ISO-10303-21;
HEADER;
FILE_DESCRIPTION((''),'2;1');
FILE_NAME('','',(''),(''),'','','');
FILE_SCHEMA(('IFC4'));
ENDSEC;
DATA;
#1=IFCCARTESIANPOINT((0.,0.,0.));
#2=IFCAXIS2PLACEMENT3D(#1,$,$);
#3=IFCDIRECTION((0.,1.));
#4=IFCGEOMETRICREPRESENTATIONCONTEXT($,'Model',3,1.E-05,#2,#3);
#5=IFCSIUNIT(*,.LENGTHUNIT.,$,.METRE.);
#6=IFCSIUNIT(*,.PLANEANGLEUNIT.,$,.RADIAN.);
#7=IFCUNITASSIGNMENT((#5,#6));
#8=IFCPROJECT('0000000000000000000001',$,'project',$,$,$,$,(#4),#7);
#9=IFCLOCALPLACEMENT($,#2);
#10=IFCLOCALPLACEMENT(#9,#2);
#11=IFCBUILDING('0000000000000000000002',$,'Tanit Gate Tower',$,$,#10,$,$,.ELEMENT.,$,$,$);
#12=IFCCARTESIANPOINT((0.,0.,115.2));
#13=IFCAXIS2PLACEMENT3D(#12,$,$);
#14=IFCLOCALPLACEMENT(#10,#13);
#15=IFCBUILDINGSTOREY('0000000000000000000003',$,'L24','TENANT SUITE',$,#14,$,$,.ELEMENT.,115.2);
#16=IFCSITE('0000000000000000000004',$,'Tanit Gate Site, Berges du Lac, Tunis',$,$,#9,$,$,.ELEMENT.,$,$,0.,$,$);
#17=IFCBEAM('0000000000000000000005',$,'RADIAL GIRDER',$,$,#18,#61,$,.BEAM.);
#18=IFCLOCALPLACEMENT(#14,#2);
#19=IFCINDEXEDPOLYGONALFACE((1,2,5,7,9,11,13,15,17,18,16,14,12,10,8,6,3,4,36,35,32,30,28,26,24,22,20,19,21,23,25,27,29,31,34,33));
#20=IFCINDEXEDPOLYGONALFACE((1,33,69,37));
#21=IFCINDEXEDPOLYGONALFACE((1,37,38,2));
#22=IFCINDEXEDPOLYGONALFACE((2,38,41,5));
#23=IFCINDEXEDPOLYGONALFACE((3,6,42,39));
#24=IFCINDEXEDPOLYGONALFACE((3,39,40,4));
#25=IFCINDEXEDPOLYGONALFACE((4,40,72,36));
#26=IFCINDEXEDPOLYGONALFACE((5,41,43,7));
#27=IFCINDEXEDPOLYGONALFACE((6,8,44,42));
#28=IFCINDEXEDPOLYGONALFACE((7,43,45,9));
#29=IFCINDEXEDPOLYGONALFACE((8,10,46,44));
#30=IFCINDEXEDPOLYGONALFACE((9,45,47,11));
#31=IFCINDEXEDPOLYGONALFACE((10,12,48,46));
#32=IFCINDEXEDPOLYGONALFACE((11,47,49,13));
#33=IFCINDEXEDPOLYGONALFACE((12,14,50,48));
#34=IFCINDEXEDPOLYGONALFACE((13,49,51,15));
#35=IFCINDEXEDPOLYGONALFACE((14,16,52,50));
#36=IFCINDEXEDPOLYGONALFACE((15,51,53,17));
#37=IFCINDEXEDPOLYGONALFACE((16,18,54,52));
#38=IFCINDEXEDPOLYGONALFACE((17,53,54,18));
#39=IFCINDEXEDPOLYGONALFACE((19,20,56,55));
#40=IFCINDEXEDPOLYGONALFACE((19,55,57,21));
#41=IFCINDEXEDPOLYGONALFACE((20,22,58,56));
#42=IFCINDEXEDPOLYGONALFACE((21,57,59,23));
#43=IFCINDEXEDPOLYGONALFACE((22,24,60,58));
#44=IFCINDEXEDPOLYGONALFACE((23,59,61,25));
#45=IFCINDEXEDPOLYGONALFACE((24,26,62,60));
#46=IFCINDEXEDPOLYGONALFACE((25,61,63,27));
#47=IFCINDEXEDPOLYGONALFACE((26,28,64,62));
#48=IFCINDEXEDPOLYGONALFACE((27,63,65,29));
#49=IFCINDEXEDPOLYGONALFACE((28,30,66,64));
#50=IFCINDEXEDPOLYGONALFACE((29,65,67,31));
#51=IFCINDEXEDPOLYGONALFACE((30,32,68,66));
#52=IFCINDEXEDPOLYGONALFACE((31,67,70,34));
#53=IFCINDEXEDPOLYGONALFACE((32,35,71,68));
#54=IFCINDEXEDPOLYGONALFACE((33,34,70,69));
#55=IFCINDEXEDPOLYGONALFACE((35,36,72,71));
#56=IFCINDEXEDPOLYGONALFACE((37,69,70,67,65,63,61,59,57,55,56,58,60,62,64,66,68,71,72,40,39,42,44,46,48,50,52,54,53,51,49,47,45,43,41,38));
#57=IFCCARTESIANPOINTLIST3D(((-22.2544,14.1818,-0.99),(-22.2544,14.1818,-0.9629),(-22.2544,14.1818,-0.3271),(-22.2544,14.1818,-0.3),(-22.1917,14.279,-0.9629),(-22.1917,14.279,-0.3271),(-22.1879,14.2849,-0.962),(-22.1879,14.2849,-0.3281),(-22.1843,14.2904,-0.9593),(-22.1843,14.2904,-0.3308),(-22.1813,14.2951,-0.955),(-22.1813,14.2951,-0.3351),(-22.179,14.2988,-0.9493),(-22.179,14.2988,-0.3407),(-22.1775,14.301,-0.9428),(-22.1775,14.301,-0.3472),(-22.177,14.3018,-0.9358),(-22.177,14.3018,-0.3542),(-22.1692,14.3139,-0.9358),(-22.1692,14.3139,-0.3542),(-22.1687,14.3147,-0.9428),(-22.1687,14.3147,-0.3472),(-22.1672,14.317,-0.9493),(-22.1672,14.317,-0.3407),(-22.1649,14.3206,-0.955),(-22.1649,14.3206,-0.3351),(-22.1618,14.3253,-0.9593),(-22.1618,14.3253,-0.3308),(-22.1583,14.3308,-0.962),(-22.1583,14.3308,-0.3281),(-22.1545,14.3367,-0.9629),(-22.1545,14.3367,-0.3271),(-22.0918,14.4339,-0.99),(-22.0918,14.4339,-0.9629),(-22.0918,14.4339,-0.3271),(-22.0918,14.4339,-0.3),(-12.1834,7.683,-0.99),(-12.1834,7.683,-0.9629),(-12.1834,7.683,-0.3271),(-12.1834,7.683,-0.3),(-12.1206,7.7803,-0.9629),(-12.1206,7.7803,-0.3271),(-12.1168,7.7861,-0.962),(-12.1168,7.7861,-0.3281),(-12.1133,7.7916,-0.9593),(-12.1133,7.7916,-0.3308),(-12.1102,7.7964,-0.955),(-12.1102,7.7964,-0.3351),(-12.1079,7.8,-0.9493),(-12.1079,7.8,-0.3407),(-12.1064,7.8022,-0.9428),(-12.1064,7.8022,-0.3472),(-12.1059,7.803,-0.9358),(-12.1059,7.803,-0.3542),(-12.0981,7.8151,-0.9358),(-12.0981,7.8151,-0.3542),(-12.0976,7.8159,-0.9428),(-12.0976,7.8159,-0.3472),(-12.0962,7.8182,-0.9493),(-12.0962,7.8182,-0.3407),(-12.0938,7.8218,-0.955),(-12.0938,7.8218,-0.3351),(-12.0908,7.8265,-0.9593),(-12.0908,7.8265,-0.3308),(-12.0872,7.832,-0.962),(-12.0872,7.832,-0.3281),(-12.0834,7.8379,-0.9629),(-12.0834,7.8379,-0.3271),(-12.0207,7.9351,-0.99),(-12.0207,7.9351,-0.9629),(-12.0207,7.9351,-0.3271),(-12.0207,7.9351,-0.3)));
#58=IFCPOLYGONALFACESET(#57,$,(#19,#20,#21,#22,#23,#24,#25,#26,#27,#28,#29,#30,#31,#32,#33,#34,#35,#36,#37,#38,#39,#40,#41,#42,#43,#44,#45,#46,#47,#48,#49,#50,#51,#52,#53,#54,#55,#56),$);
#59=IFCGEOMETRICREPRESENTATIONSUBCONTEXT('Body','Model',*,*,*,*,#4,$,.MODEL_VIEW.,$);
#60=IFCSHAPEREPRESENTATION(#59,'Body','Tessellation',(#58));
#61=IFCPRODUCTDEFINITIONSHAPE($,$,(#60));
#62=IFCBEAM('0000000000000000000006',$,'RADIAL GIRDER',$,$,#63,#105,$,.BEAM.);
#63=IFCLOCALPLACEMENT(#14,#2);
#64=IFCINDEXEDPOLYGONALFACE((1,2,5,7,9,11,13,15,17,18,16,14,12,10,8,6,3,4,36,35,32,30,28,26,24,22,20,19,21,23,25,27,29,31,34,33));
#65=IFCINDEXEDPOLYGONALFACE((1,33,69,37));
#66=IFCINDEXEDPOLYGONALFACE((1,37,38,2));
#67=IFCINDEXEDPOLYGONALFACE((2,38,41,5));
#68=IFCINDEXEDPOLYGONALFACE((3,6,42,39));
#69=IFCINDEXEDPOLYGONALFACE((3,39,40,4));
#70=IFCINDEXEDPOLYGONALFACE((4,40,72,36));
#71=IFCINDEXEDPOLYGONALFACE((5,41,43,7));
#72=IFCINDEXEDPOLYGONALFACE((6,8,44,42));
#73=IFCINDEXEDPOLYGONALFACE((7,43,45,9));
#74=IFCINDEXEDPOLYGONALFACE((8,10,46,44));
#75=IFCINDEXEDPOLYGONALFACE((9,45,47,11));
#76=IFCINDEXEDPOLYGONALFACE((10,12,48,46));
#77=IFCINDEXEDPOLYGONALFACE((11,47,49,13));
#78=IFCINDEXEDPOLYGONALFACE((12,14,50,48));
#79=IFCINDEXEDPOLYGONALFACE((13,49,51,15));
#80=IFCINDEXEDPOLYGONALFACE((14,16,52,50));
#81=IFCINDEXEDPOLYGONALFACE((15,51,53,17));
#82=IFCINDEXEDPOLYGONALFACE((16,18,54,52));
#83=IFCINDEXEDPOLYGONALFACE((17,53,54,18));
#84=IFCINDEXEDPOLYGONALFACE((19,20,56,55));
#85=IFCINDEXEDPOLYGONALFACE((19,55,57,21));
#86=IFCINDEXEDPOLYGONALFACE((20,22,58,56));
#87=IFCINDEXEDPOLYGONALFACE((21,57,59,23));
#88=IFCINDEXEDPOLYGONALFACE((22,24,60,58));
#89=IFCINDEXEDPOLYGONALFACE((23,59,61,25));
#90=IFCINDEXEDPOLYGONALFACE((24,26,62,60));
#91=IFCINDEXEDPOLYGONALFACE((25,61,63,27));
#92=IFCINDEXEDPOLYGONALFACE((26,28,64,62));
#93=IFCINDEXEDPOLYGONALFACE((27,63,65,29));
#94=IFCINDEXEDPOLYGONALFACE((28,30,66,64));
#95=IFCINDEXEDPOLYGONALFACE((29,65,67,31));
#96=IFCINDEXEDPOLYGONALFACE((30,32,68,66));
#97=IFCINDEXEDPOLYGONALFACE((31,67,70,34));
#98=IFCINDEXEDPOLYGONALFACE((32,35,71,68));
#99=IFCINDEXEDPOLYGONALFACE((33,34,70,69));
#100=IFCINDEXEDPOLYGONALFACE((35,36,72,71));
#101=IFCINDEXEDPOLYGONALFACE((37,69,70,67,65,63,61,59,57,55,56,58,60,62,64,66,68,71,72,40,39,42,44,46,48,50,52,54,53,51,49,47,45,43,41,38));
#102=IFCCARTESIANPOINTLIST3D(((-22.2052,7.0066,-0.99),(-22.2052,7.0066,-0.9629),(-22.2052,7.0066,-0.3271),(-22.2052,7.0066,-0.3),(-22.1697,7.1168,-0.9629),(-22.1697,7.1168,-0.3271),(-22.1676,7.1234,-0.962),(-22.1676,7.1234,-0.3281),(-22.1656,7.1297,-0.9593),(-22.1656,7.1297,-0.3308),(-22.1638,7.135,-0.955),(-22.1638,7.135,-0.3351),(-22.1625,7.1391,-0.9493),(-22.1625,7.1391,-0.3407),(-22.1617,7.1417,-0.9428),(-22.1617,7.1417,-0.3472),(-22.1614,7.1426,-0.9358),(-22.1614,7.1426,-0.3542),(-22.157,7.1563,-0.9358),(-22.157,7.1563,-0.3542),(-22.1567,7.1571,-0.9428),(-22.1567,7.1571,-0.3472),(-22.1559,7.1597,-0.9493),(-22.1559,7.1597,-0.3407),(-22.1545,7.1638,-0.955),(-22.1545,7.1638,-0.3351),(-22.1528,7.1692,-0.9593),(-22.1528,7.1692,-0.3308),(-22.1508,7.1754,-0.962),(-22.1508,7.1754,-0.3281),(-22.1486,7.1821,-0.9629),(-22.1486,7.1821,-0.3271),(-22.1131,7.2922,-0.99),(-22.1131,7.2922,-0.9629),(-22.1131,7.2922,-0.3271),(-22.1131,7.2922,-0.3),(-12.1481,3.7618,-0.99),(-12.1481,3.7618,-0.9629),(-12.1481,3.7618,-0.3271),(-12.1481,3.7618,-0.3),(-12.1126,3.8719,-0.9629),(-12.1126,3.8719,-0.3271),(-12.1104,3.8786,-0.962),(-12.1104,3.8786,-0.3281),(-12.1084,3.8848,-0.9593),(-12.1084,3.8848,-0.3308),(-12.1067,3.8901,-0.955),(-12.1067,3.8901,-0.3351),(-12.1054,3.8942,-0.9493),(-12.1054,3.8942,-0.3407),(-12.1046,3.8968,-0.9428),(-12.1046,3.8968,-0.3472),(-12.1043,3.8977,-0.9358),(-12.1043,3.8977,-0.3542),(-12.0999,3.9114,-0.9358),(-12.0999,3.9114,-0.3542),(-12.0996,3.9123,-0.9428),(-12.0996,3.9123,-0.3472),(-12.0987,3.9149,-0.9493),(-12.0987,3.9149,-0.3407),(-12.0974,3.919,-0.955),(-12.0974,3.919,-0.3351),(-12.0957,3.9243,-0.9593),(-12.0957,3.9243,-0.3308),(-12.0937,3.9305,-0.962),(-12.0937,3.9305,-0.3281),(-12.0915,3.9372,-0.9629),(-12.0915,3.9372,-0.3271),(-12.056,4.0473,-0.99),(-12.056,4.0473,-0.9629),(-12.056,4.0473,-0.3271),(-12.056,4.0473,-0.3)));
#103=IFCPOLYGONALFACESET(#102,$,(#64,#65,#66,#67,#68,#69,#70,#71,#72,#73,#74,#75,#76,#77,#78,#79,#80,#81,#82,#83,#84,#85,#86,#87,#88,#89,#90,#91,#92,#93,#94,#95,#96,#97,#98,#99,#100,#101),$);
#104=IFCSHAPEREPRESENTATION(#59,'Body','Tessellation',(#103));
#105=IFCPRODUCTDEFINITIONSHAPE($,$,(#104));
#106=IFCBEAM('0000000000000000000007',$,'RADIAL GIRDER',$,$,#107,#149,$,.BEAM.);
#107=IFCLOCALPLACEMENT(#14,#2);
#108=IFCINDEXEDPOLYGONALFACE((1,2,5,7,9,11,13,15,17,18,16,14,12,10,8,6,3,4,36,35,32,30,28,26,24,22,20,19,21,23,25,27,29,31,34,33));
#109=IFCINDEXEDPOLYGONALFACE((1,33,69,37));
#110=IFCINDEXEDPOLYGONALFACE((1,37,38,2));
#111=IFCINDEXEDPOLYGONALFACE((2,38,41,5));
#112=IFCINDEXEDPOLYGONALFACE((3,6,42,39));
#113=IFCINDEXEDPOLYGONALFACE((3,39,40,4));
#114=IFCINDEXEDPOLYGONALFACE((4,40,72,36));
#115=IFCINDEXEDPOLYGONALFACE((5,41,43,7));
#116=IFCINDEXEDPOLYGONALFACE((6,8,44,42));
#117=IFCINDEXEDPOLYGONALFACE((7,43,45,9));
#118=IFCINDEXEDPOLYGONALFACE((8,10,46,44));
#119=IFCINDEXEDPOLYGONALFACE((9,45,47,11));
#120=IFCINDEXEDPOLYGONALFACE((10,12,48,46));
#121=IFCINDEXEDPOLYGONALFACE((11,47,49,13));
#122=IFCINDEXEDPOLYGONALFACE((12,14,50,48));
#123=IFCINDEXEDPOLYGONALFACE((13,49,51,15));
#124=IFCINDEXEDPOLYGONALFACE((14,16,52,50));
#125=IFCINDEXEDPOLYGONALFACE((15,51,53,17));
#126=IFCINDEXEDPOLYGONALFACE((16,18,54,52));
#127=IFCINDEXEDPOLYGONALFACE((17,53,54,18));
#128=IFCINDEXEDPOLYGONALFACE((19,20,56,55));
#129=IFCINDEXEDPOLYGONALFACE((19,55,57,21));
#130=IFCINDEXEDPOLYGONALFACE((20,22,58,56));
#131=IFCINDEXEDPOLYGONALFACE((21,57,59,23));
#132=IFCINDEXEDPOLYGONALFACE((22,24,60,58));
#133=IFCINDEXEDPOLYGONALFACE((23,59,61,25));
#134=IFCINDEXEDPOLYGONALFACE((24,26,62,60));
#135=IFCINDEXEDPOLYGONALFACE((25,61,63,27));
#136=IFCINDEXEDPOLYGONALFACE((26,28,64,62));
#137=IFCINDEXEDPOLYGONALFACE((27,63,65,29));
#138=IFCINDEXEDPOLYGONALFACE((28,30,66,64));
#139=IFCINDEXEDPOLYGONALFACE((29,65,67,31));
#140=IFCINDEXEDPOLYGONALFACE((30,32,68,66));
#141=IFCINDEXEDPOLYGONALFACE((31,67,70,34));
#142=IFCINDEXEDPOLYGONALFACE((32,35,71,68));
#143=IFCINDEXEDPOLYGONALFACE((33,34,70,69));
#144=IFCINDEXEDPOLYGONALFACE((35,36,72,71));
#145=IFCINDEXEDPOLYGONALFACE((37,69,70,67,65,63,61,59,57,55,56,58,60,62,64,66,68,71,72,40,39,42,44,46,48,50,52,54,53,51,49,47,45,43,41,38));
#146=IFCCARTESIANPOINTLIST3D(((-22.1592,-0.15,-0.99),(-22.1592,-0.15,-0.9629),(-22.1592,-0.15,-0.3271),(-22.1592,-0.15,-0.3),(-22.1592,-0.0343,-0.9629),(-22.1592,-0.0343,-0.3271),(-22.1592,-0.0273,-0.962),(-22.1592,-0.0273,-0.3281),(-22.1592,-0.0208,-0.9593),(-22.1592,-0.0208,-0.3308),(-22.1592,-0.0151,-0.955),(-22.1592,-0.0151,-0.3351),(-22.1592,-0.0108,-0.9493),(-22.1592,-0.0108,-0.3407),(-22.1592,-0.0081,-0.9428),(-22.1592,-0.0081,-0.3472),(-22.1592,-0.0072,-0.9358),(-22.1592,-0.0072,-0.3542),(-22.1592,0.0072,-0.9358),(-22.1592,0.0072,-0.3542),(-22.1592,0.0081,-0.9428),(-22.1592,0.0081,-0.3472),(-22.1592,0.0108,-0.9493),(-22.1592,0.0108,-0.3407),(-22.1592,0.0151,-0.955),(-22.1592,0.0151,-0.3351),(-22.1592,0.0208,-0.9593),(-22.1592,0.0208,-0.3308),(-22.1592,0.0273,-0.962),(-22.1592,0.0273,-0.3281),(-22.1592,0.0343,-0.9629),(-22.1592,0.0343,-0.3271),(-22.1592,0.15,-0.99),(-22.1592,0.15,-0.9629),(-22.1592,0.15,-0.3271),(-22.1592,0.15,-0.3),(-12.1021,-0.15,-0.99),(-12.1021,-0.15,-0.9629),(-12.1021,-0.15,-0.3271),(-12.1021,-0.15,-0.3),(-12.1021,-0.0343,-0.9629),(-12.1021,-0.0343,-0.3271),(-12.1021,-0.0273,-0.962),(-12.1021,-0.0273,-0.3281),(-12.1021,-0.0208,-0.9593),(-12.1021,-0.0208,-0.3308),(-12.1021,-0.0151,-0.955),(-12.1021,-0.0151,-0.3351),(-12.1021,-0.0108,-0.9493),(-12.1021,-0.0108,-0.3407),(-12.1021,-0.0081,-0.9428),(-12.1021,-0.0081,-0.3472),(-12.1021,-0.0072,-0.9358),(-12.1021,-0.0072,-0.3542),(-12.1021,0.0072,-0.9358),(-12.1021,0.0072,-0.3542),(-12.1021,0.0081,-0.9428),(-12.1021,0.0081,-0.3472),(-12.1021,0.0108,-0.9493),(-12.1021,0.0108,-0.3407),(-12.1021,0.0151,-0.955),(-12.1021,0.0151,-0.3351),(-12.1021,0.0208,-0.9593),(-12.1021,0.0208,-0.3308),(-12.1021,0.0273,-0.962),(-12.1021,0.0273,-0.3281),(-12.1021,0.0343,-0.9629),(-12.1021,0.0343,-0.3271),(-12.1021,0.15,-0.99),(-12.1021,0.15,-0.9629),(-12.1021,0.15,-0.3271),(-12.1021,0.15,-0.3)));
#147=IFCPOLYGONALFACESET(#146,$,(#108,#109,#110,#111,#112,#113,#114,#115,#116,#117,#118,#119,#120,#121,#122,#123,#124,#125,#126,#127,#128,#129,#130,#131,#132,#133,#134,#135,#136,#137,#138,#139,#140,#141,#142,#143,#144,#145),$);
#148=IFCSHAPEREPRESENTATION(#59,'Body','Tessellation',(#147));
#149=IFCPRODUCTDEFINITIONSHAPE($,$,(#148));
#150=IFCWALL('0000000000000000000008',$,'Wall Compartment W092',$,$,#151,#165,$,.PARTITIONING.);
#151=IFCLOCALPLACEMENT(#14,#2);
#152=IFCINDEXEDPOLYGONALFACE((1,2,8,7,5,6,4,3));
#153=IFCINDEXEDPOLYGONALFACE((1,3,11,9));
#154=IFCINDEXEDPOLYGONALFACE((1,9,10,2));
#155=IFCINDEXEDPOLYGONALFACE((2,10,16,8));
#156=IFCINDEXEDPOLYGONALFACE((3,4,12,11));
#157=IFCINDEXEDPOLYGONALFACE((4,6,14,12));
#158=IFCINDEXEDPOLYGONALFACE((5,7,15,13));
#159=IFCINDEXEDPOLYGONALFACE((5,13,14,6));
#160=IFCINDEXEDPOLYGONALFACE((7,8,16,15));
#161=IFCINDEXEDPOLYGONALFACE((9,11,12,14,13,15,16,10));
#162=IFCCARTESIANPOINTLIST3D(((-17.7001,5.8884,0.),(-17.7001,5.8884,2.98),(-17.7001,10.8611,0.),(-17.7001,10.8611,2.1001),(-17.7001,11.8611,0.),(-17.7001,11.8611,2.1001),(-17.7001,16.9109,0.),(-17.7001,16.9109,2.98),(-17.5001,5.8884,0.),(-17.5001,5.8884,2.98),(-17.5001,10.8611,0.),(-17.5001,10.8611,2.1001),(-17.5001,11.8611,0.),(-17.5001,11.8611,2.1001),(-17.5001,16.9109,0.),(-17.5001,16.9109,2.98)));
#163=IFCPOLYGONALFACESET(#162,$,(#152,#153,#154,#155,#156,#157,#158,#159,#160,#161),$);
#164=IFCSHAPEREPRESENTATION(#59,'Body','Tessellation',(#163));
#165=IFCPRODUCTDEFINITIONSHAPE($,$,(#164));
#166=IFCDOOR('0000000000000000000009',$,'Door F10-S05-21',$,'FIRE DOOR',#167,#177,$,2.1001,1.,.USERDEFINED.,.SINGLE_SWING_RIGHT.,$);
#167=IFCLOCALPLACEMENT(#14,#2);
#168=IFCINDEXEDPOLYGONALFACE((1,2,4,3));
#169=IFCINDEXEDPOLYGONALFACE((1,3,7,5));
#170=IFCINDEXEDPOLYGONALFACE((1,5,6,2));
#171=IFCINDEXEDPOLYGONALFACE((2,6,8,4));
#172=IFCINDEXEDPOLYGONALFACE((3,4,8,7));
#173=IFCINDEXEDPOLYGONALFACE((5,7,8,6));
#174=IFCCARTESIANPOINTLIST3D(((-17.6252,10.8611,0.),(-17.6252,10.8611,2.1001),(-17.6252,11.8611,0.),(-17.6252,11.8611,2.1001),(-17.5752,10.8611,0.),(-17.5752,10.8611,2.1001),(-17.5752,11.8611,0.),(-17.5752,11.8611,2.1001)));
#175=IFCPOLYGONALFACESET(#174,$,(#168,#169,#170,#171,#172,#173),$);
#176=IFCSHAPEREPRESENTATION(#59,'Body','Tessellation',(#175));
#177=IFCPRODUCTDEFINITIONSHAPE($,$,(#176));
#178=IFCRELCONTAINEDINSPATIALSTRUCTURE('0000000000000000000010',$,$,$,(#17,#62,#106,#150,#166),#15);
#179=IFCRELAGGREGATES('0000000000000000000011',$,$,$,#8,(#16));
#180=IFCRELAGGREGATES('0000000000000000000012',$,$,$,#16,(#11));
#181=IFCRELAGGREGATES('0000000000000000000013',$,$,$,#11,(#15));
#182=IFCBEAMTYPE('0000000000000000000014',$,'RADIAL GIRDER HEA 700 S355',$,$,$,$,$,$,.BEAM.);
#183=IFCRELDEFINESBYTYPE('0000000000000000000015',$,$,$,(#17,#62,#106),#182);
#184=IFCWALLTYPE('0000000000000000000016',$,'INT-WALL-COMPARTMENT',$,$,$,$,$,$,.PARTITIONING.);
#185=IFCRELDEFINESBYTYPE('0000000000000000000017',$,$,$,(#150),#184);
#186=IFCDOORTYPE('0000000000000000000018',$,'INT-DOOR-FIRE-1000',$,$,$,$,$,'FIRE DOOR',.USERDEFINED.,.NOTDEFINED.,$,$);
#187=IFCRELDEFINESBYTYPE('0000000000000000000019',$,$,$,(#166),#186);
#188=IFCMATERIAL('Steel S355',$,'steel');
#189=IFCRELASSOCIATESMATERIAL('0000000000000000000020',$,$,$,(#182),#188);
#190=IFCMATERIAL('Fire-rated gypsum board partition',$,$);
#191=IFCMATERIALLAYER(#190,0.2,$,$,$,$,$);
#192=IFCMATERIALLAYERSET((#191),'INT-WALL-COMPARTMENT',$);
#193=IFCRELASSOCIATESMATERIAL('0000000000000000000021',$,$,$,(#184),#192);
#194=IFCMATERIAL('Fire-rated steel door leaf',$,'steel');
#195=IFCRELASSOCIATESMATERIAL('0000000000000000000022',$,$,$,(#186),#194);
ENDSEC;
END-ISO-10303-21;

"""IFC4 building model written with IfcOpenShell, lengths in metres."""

from ifc_helpers import new_model, si_unit, direction, frame, frame_2d, origin, origin_2d, place, context, subcontext, project, spatial, rectangle, i_section, extrude, material, layer, layer_set, material_profile, profile_set, type_object, element, fill, save


model = new_model("IFC4")

# Units and contexts
model_context = context("Model", 3, precision=1e-05, world=origin(), true_north=direction((0.0, 1.0)))
body_context = subcontext(model_context, "Body", "Model", "MODEL_VIEW")
ifc_project = project(units=[si_unit("LENGTHUNIT", "METRE"), si_unit("PLANEANGLEUNIT", "RADIAN")], contexts=[model_context])

# Site, building, storey
site_placement = place(None, origin())
site = spatial("IfcSite", under=ifc_project, at=site_placement, Name="Tanit Gate Site, Berges du Lac, Tunis", CompositionType="ELEMENT", RefElevation=0.0)
building_placement = place(site_placement, origin())
building = spatial("IfcBuilding", under=site, at=building_placement, Name="Tanit Gate Tower", CompositionType="ELEMENT")
storey_placement = place(building_placement, frame((0.0, 0.0, 115.2)))
storey = spatial("IfcBuildingStorey", under=building, at=storey_placement, Name="L24", Description="TENANT SUITE", CompositionType="ELEMENT", Elevation=115.2)

# Beams
ifc_material_1 = material(Name="Steel S355", Category="steel")
ifc_material_profile = material_profile(ifc_material_1, i_section(OverallWidth=0.3, OverallDepth=0.6899, WebThickness=0.0144, FlangeThickness=0.0271, FilletRadius=0.0271, at=origin_2d()), Name="HEA 700")
ifc_profile_set = profile_set([ifc_material_profile], Name="Steel S355")
beam_type = type_object("IfcBeamType", Name="RADIAL GIRDER HEA 700 S355", PredefinedType="BEAM", material=ifc_profile_set)
beam_1_placement = place(storey_placement, frame((-22.1731, 14.3079, -0.645), z_axis=(0.840246, -0.542205, 0.0), x_axis=(0.542205, 0.840246, 0.0)))
element("IfcBeam", 1, at=beam_1_placement, inside=storey, type_object=beam_type, Name="RADIAL GIRDER", PredefinedType="BEAM", context=body_context, shape_type="SweptSolid", body=[
    extrude(i_section(OverallWidth=0.3, OverallDepth=0.6899, WebThickness=0.0144, FlangeThickness=0.0271, FilletRadius=0.0271, at=origin_2d()), origin(), (0.0, 0.0, 1.0), 11.9858),
])
beam_2_placement = place(storey_placement, frame((-22.1592, 7.1494, -0.645), z_axis=(0.951691, -0.307057, 0.0), x_axis=(0.307057, 0.951691, 0.0)))
element("IfcBeam", 2, at=beam_2_placement, inside=storey, type_object=beam_type, Name="RADIAL GIRDER", PredefinedType="BEAM", context=body_context, shape_type="SweptSolid", body=[
    extrude(i_section(OverallWidth=0.3, OverallDepth=0.6899, WebThickness=0.0144, FlangeThickness=0.0271, FilletRadius=0.0271, at=origin_2d()), origin(), (0.0, 0.0, 1.0), 10.5676),
])
beam_3_placement = place(storey_placement, frame((-22.1592, 0.0, -0.645), z_axis=(1.0, 0.0, 0.0), x_axis=(0.0, 1.0, 0.0)))
element("IfcBeam", 3, at=beam_3_placement, inside=storey, type_object=beam_type, Name="RADIAL GIRDER", PredefinedType="BEAM", context=body_context, shape_type="SweptSolid", body=[
    extrude(i_section(OverallWidth=0.3, OverallDepth=0.6899, WebThickness=0.0144, FlangeThickness=0.0271, FilletRadius=0.0271, at=origin_2d()), origin(), (0.0, 0.0, 1.0), 10.0571),
])

# Wall, opening, door
ifc_material_2 = material(Name="Fire-rated gypsum board partition")
ifc_layer_1 = layer(ifc_material_2, 0.2)
ifc_layer_set_1 = layer_set([ifc_layer_1], Name="INT-WALL-COMPARTMENT")
wall_type_1 = type_object("IfcWallType", Name="INT-WALL-COMPARTMENT", PredefinedType="PARTITIONING", material=ifc_layer_set_1)
wall_1_placement = place(storey_placement, frame((-17.6001, 16.9109, 0.0), z_axis=(0.0, 0.0, 1.0), x_axis=(0.0, -1.0, 0.0)))
wall_1 = element("IfcWall", 4, at=wall_1_placement, inside=storey, type_object=wall_type_1, Name="Wall Compartment W092", PredefinedType="PARTITIONING", context=body_context, shape_type="SweptSolid", body=[
    extrude(rectangle(XDim=11.0225, YDim=0.2, at=frame_2d((5.5112, 0.0))), origin(), (0.0, 0.0, 1.0), 2.98),
])
opening_1_placement = place(wall_1_placement, frame((5.0498, 0.0, 0.0)))
opening_1 = element("IfcOpeningElement", 5, at=opening_1_placement, cuts=wall_1, PredefinedType="OPENING", context=body_context, shape_type="SweptSolid", body=[
    extrude(rectangle(XDim=1.0, YDim=2.1001, at=frame_2d((0.5, 1.05))), frame((0.0, 0.1099, 0.0), z_axis=(0.0, -1.0, 0.0), x_axis=(1.0, 0.0, 0.0)), (0.0, 0.0, 1.0), 0.22),
])
ifc_material_3 = material(Name="Fire-rated steel door leaf", Category="steel")
door_type_1 = type_object("IfcDoorType", Name="INT-DOOR-FIRE-1000", ElementType="FIRE DOOR", OperationType="NOTDEFINED", PredefinedType="USERDEFINED", material=ifc_material_3)
door_1_placement = place(opening_1_placement, origin())
door_1 = element("IfcDoor", 6, at=door_1_placement, inside=storey, type_object=door_type_1, Name="Door F10-S05-21", ObjectType="FIRE DOOR", OperationType="SINGLE_SWING_RIGHT", OverallHeight=2.1001, OverallWidth=1.0, PredefinedType="USERDEFINED", context=body_context, shape_type="SweptSolid", body=[
    extrude(rectangle(XDim=1.0, YDim=2.1001, at=frame_2d((0.5, 1.05))), frame((0.0, 0.0249, 0.0), z_axis=(0.0, -1.0, 0.0), x_axis=(1.0, 0.0, 0.0)), (0.0, 0.0, 1.0), 0.05),
])
fill(opening_1, door_1)

save(model, "model.ifc")
